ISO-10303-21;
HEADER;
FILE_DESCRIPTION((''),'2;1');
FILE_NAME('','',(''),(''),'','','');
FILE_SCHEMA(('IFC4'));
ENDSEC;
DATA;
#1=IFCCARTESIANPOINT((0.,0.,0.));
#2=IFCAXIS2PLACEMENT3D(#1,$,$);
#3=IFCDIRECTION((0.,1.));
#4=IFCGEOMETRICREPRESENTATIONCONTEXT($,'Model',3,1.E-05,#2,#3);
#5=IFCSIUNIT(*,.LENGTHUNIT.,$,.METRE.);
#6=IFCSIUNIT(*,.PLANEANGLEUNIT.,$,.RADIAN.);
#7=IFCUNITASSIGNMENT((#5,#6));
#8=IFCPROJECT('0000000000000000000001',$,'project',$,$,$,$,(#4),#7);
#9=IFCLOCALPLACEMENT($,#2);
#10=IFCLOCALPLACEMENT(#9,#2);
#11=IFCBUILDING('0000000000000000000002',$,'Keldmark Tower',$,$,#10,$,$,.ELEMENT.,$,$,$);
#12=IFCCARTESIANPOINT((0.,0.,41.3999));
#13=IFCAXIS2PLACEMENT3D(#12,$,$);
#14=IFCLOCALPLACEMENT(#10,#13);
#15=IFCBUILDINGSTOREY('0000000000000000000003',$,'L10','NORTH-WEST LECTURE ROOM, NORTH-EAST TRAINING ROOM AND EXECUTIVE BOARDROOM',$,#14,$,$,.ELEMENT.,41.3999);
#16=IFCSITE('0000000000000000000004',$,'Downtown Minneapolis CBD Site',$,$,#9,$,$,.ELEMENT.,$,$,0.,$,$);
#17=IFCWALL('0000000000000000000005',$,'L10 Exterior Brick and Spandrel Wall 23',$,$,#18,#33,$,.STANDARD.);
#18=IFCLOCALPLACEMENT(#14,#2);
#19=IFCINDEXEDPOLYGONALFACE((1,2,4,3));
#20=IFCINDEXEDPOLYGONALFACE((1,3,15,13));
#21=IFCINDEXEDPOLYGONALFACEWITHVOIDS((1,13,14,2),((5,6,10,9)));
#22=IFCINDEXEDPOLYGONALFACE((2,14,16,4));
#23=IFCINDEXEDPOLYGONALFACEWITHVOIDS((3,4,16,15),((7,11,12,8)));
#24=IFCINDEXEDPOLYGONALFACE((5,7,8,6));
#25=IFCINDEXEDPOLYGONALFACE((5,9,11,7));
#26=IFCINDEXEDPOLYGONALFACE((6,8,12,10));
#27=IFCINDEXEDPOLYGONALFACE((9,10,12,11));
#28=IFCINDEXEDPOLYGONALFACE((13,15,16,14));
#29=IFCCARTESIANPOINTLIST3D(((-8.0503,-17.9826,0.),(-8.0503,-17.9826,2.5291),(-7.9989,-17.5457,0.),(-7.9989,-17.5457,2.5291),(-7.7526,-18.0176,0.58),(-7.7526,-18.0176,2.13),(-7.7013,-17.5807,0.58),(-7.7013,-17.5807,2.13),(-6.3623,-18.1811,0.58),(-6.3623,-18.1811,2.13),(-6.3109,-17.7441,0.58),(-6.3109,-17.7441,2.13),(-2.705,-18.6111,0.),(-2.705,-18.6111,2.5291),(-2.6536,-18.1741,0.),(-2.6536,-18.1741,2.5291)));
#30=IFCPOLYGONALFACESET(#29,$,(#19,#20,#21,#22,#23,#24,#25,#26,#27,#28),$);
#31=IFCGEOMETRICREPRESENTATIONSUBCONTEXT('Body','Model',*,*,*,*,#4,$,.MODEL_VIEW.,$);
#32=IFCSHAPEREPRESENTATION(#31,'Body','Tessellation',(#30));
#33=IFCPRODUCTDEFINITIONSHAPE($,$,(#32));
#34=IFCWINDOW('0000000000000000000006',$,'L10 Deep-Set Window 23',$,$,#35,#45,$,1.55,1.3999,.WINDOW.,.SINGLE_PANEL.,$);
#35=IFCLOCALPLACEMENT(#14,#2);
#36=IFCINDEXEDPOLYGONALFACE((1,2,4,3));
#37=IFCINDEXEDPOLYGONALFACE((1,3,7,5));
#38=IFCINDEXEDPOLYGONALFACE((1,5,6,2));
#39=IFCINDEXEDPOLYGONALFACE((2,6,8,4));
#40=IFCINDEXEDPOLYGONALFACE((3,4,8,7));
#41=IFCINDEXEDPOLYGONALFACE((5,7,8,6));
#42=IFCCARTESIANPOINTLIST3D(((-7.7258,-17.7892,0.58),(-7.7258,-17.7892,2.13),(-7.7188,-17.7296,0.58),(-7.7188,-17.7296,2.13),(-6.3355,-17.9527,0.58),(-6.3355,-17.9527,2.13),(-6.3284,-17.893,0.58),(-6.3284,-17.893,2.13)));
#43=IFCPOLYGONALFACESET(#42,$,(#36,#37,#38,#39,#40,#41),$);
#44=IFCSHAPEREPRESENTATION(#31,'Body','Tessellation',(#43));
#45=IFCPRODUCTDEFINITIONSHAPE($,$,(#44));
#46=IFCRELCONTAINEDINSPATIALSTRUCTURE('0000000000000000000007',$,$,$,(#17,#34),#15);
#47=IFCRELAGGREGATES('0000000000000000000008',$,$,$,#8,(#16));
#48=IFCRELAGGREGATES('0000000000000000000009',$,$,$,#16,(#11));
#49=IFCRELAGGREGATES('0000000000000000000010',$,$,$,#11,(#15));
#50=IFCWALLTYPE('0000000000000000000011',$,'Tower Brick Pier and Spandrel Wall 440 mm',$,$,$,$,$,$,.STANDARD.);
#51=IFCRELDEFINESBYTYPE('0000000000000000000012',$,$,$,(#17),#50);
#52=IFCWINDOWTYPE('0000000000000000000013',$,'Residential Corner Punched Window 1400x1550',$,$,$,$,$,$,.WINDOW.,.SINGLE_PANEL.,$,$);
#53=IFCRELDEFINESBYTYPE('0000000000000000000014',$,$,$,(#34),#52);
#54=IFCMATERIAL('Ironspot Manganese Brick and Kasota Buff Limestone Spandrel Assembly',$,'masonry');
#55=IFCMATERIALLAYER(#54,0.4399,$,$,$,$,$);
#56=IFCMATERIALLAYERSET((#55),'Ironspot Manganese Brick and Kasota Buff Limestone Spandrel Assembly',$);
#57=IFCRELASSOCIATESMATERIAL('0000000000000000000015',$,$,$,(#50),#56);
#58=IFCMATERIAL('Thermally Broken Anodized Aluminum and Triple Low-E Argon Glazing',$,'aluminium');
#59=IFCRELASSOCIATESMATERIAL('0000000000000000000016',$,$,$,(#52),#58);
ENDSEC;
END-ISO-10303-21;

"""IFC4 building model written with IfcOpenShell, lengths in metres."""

from ifc_helpers import new_model, si_unit, direction, frame, frame_2d, origin, place, context, subcontext, project, spatial, rectangle, extrude, material, layer, layer_set, type_object, element, fill, save


model = new_model("IFC4")

# Units and contexts
model_context = context("Model", 3, precision=1e-05, world=origin(), true_north=direction((0.0, 1.0)))
body_context = subcontext(model_context, "Body", "Model", "MODEL_VIEW")
ifc_project = project(units=[si_unit("LENGTHUNIT", "METRE"), si_unit("PLANEANGLEUNIT", "RADIAN")], contexts=[model_context])

# Site, building, storey
site_placement = place(None, origin())
site = spatial("IfcSite", under=ifc_project, at=site_placement, Name="Downtown Minneapolis CBD Site", CompositionType="ELEMENT", RefElevation=0.0)
building_placement = place(site_placement, origin())
building = spatial("IfcBuilding", under=site, at=building_placement, Name="Keldmark Tower", CompositionType="ELEMENT")
storey_placement = place(building_placement, frame((0.0, 0.0, 41.3999)))
storey = spatial("IfcBuildingStorey", under=building, at=storey_placement, Name="L10", Description="NORTH-WEST LECTURE ROOM, NORTH-EAST TRAINING ROOM AND EXECUTIVE BOARDROOM", CompositionType="ELEMENT", Elevation=41.3999)

# Wall, opening, window
ifc_material_1 = material(Name="Ironspot Manganese Brick and Kasota Buff Limestone Spandrel Assembly", Category="masonry")
ifc_layer_1 = layer(ifc_material_1, 0.4399)
ifc_layer_set_1 = layer_set([ifc_layer_1], Name="Ironspot Manganese Brick and Kasota Buff Limestone Spandrel Assembly")
wall_type_1 = type_object("IfcWallType", Name="Tower Brick Pier and Spandrel Wall 440 mm", PredefinedType="STANDARD", material=ifc_layer_set_1)
ifc_material_2 = material(Name="Thermally Broken Anodized Aluminum and Triple Low-E Argon Glazing", Category="aluminium")
window_type_1 = type_object("IfcWindowType", Name="Residential Corner Punched Window 1400x1550", PartitioningType="SINGLE_PANEL", PredefinedType="WINDOW", material=ifc_material_2)
wall_1_placement = place(storey_placement, frame((-2.6794, -18.3926, 0.0), z_axis=(0.0, 0.0, 1.0), x_axis=(-0.99316, 0.116762, 0.0)))
wall_1 = element("IfcWall", 1, at=wall_1_placement, inside=storey, type_object=wall_type_1, Name="L10 Exterior Brick and Spandrel Wall 23", PredefinedType="STANDARD", context=body_context, shape_type="SweptSolid", body=[
    extrude(rectangle(XDim=5.3821, YDim=0.4399, at=frame_2d((2.6909, 0.0))), origin(), (0.0, 0.0, 1.0), 2.5291),
])
opening_1_placement = place(wall_1_placement, frame((3.6824, 0.0, 0.5801)))
opening_1 = element("IfcOpeningElement", 2, at=opening_1_placement, cuts=wall_1, PredefinedType="OPENING", context=body_context, shape_type="SweptSolid", body=[
    extrude(rectangle(XDim=1.3999, YDim=1.55, at=frame_2d((0.7, 0.7749))), frame((0.0, 0.23, 0.0), z_axis=(0.0, -1.0, 0.0), x_axis=(1.0, 0.0, 0.0)), (0.0, 0.0, 1.0), 0.46),
])
window_1_placement = place(opening_1_placement, origin())
window_1 = element("IfcWindow", 3, at=window_1_placement, inside=storey, type_object=window_type_1, Name="L10 Deep-Set Window 23", OverallHeight=1.55, OverallWidth=1.3999, PartitioningType="SINGLE_PANEL", PredefinedType="WINDOW", context=body_context, shape_type="SweptSolid", body=[
    extrude(rectangle(XDim=1.3999, YDim=1.55, at=frame_2d((0.7, 0.7749))), frame((0.0, -0.01, 0.0), z_axis=(0.0, -1.0, 0.0), x_axis=(1.0, 0.0, 0.0)), (0.0, 0.0, 1.0), 0.0601),
])
fill(opening_1, window_1)

save(model, "model.ifc")
